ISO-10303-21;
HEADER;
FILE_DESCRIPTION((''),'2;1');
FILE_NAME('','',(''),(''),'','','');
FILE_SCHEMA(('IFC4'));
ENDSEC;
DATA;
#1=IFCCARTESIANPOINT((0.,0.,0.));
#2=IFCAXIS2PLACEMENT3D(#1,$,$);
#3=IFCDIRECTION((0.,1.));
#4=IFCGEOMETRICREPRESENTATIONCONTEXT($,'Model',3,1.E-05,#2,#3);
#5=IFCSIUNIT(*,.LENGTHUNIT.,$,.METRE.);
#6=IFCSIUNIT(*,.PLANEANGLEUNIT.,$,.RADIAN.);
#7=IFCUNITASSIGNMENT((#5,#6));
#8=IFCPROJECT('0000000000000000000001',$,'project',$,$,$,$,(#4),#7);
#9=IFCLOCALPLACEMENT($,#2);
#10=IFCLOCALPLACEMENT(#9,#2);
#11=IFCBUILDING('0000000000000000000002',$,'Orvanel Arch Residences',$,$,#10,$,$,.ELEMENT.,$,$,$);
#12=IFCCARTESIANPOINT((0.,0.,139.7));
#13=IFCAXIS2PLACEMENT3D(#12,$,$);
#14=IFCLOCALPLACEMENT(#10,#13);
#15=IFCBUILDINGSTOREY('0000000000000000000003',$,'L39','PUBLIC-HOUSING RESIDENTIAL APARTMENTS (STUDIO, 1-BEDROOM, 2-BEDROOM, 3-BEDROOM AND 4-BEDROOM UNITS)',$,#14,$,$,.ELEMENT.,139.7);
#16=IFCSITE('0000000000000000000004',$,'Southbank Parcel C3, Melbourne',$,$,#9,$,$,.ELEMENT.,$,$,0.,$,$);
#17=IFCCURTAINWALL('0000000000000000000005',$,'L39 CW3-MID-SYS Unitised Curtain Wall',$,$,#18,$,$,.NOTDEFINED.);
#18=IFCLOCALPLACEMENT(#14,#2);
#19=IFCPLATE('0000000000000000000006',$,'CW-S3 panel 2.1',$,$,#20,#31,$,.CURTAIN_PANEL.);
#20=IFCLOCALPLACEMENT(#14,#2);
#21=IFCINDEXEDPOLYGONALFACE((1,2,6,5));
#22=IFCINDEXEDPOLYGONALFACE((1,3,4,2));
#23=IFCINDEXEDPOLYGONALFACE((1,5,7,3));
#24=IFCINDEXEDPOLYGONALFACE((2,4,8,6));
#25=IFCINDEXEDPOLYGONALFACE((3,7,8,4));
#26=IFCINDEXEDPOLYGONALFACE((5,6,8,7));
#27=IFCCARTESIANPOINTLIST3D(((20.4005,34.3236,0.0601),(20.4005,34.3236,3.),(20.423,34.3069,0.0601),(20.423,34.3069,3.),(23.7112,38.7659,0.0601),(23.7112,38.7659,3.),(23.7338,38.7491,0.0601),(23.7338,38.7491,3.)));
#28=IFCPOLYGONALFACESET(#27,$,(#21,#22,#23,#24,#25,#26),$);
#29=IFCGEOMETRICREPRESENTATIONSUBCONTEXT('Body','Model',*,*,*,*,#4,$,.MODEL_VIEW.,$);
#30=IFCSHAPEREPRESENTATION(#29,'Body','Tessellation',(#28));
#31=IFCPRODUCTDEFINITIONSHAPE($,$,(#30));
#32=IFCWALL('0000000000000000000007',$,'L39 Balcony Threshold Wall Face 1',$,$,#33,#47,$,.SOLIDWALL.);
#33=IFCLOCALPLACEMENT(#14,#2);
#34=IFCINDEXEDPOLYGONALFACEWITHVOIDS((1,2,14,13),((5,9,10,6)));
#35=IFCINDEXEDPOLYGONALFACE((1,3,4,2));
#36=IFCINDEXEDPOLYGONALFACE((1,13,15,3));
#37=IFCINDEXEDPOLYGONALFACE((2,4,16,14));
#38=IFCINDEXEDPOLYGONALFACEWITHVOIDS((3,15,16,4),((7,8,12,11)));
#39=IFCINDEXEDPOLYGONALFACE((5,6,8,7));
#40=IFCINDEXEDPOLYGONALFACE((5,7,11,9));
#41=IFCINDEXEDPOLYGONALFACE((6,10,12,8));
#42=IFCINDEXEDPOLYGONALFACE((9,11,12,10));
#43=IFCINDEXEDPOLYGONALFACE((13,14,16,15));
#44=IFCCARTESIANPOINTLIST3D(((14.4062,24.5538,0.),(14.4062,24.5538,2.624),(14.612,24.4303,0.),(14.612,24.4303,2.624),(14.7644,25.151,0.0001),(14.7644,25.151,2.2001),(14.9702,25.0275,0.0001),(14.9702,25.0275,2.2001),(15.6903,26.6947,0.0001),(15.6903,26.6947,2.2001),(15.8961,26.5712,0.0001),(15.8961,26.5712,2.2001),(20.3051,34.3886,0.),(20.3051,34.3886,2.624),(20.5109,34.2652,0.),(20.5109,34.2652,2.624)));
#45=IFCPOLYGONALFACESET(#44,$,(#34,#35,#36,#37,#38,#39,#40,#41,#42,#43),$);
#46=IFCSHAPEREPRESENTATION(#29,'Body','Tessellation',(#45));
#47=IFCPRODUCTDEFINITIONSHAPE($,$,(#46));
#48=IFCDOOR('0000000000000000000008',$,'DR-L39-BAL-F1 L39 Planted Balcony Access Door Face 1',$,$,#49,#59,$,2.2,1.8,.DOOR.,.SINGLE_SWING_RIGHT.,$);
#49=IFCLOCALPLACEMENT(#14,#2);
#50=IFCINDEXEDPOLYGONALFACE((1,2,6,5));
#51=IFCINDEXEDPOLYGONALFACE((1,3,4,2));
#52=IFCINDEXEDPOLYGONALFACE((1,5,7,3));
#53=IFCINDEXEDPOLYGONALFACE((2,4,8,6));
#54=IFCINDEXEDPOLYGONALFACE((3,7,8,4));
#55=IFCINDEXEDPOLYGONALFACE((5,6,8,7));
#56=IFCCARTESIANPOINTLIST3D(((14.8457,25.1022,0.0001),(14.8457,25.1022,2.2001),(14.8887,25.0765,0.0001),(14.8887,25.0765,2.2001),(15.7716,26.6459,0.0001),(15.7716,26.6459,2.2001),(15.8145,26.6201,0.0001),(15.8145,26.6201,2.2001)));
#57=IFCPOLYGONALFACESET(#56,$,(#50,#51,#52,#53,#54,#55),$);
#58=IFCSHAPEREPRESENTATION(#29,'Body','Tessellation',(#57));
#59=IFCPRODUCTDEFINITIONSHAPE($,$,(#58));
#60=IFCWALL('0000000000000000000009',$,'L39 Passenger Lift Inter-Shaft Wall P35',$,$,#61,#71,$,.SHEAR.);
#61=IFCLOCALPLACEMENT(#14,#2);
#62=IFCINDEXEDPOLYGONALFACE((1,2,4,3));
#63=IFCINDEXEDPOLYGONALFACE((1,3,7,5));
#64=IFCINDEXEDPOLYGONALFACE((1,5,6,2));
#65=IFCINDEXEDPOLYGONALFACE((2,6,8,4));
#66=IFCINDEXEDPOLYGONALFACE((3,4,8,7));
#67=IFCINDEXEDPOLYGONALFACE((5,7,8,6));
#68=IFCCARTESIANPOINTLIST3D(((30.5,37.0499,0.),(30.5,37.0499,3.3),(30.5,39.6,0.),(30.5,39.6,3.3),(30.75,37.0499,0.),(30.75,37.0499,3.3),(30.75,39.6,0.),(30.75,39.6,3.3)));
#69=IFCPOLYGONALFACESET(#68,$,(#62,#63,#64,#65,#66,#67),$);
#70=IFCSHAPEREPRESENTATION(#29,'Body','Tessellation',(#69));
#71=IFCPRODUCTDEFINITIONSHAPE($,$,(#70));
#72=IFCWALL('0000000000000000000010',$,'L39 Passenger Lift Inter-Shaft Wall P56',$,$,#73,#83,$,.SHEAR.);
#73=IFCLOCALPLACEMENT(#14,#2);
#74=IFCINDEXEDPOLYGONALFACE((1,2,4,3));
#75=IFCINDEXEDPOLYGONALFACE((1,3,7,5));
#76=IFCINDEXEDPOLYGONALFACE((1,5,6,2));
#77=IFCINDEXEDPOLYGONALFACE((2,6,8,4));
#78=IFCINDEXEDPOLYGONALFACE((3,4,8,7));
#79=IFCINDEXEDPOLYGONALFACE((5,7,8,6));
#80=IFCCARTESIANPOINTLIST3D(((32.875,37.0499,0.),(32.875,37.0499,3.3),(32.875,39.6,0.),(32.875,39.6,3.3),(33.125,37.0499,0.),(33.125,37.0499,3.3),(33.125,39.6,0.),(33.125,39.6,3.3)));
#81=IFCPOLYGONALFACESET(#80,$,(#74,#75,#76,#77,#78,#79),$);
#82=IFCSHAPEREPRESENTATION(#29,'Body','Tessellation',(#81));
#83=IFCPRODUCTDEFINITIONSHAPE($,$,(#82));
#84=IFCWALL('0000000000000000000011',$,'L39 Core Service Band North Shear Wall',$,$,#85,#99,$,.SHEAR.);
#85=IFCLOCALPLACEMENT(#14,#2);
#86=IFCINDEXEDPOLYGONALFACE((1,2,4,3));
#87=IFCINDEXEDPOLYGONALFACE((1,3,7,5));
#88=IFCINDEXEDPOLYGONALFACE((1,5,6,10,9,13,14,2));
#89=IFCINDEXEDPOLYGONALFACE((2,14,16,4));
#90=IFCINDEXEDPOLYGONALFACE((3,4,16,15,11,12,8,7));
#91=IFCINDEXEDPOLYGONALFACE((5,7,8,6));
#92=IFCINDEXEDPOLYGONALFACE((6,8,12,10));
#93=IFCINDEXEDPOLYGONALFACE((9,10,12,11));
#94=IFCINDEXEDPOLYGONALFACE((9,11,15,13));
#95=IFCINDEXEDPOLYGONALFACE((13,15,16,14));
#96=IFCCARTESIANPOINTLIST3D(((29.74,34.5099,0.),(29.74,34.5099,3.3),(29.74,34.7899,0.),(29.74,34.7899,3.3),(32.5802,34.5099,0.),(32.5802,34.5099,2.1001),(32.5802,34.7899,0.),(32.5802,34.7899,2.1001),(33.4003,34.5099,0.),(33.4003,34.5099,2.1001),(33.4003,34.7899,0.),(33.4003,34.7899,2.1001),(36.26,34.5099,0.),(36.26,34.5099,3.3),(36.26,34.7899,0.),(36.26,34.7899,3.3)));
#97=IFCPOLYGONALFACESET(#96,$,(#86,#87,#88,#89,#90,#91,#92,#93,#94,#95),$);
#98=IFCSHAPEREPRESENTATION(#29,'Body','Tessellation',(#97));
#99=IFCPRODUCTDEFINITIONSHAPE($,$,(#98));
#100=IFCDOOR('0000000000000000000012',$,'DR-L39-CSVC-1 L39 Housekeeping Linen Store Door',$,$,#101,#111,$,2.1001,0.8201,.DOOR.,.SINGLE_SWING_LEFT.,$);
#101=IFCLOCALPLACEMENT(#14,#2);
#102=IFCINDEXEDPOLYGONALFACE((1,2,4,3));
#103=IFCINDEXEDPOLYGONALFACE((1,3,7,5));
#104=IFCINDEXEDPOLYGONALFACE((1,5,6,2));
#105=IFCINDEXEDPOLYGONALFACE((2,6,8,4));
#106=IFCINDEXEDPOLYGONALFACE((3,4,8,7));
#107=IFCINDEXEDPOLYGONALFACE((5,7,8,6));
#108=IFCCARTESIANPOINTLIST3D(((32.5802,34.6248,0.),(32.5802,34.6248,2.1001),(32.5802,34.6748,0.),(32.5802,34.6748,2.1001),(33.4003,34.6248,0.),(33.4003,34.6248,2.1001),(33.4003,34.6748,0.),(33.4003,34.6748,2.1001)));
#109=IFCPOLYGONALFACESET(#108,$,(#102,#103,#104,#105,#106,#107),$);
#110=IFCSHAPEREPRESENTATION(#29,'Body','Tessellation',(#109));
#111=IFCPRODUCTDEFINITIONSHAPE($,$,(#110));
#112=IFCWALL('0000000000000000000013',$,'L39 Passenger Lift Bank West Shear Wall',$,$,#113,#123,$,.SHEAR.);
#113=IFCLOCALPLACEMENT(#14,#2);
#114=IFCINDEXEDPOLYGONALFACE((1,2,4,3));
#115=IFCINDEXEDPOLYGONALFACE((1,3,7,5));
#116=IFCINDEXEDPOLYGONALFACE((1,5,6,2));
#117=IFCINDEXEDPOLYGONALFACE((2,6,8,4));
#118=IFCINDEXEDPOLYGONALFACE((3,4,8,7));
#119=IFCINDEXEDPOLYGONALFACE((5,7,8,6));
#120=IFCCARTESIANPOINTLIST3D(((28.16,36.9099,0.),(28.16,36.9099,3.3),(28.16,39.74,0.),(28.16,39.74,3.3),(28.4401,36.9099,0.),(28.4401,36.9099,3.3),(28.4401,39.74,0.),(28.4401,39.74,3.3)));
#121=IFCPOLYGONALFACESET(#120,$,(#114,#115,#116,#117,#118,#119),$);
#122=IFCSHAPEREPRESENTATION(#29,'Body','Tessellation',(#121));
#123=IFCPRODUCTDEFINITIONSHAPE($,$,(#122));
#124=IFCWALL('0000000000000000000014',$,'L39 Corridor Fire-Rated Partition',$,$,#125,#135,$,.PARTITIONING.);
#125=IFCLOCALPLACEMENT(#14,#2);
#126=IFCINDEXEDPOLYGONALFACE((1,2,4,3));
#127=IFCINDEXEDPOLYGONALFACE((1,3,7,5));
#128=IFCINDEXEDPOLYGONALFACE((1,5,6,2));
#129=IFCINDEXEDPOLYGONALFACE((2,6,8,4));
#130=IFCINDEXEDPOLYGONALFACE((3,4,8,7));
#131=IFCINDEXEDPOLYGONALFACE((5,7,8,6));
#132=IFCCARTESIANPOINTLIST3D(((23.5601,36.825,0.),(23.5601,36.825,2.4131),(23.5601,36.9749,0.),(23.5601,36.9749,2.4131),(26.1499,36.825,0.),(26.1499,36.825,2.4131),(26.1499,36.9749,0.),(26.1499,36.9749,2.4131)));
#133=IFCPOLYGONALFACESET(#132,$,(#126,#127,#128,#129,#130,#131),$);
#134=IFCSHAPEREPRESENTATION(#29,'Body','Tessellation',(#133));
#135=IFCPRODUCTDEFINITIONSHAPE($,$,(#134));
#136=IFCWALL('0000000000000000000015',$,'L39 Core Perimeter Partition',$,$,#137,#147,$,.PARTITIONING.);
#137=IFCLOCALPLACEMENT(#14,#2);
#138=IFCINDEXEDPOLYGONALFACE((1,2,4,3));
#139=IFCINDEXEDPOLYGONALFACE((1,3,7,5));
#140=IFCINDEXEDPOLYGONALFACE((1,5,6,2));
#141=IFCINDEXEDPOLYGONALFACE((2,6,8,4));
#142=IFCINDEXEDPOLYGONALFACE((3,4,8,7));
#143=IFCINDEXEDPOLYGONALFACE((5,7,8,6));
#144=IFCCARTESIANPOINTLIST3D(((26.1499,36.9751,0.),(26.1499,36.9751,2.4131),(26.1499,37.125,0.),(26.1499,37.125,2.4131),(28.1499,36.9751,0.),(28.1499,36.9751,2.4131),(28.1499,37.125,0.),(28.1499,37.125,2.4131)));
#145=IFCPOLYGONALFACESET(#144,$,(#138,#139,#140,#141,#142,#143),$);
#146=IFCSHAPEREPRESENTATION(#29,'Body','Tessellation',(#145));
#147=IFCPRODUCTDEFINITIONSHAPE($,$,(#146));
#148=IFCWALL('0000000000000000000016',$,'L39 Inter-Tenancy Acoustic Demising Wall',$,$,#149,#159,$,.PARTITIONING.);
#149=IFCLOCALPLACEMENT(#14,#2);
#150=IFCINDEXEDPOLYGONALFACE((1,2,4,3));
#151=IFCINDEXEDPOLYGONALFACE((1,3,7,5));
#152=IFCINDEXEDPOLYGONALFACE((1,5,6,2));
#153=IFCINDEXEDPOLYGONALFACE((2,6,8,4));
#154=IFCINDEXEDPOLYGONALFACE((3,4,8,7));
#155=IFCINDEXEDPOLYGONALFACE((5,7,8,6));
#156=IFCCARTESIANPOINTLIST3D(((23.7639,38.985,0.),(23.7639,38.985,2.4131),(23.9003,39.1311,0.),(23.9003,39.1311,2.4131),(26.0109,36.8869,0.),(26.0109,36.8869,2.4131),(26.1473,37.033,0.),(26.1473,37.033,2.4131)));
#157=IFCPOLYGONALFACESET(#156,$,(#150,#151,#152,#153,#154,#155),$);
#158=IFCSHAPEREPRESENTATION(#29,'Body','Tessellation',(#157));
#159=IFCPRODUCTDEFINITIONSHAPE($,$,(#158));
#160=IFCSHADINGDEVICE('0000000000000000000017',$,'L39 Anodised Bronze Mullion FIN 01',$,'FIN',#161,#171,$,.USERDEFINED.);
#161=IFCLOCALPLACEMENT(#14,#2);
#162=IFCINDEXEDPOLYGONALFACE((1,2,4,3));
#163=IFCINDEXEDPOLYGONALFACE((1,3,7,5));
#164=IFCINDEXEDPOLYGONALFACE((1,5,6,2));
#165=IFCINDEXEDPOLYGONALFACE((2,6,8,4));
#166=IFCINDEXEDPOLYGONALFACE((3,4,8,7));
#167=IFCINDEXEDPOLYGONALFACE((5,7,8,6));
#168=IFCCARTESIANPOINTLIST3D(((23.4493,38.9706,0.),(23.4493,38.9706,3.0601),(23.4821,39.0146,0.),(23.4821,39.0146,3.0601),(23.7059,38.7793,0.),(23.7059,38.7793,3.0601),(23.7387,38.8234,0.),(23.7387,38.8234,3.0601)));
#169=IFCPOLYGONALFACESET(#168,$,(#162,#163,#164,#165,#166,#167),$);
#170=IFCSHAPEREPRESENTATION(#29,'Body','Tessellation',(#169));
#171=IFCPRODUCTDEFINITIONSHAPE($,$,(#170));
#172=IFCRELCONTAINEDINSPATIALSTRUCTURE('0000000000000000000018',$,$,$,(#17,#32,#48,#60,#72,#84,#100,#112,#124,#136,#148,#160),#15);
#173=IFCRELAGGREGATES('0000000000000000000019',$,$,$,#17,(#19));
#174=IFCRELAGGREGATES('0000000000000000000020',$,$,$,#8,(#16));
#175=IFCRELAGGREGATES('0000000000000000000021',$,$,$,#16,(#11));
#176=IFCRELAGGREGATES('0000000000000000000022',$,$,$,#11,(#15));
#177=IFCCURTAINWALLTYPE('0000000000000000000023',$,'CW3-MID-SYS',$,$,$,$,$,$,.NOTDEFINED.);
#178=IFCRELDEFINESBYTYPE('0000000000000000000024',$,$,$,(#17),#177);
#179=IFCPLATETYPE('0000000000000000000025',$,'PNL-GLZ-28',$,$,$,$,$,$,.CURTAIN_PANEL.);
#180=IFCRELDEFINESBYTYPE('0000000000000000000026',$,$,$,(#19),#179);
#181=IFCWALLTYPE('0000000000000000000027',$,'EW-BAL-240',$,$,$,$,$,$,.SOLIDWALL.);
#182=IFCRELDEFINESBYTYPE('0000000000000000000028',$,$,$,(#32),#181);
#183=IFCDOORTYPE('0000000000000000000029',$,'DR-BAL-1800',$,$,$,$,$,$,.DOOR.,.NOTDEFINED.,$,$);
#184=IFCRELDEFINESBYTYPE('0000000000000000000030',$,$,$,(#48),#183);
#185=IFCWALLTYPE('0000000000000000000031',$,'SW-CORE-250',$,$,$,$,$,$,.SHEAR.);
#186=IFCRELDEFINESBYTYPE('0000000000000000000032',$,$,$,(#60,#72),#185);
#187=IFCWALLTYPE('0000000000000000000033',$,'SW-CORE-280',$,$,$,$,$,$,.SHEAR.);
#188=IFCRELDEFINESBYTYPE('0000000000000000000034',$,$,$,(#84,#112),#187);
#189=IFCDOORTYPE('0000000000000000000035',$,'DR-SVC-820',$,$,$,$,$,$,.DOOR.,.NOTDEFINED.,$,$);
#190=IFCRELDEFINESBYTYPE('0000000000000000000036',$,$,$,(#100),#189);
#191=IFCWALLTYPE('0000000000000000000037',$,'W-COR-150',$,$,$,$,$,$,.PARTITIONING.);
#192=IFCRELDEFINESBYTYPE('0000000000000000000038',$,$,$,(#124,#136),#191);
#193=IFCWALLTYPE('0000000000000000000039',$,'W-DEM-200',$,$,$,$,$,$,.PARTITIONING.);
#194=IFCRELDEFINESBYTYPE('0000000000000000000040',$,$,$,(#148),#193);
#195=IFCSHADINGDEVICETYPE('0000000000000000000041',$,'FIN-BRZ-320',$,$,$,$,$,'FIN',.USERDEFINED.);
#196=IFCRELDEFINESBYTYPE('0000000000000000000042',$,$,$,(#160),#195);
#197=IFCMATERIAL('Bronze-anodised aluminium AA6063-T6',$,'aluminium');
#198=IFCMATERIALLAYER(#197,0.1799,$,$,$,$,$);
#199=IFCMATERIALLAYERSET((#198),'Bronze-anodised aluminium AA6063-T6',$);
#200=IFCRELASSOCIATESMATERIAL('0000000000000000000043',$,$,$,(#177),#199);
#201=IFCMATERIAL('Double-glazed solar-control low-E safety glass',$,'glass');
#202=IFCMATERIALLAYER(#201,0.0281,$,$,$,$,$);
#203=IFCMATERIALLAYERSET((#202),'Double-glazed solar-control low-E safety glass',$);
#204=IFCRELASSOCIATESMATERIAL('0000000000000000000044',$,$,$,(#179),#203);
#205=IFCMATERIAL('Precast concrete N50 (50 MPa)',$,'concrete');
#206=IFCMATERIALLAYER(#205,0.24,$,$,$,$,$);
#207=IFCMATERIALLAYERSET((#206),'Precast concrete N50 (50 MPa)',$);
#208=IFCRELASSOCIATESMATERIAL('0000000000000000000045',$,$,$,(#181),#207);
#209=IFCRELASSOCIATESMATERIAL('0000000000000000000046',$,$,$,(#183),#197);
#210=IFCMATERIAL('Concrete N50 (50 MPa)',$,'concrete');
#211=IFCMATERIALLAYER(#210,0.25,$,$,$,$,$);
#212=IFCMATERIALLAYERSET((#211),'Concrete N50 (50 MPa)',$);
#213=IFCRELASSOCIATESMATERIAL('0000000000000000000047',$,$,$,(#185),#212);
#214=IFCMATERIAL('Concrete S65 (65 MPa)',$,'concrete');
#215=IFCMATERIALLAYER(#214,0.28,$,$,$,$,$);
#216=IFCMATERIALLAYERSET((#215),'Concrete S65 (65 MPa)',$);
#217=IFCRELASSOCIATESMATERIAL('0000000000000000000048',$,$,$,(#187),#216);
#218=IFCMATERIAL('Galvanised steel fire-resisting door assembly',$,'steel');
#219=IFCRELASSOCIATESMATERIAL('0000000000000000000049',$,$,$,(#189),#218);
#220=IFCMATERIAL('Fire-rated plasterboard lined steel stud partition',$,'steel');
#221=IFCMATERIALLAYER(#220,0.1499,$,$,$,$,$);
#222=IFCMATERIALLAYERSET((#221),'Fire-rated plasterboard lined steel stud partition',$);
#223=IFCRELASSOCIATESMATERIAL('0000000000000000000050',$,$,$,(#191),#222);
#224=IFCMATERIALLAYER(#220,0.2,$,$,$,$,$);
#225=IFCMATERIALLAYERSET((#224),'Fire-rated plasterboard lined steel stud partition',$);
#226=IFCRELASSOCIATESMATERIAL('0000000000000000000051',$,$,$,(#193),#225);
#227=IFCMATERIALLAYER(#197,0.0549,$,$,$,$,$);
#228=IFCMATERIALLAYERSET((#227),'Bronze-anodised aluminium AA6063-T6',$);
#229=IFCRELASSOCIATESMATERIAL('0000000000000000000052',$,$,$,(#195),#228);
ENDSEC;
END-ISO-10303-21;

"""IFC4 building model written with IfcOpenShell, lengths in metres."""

from ifc_helpers import new_model, si_unit, direction, frame, frame_2d, origin, origin_2d, place, context, subcontext, project, spatial, rectangle, extrude, material, layer, layer_set, type_object, element, fill, aggregate, save


model = new_model("IFC4")

# Units and contexts
model_context = context("Model", 3, precision=1e-05, world=origin(), true_north=direction((0.0, 1.0)))
body_context = subcontext(model_context, "Body", "Model", "MODEL_VIEW")
ifc_project = project(units=[si_unit("LENGTHUNIT", "METRE"), si_unit("PLANEANGLEUNIT", "RADIAN")], contexts=[model_context])

# Site, building, storey
site_placement = place(None, origin())
site = spatial("IfcSite", under=ifc_project, at=site_placement, Name="Southbank Parcel C3, Melbourne", CompositionType="ELEMENT", RefElevation=0.0)
building_placement = place(site_placement, origin())
building = spatial("IfcBuilding", under=site, at=building_placement, Name="Orvanel Arch Residences", CompositionType="ELEMENT")
storey_placement = place(building_placement, frame((0.0, 0.0, 139.7)))
storey = spatial("IfcBuildingStorey", under=building, at=storey_placement, Name="L39", Description="PUBLIC-HOUSING RESIDENTIAL APARTMENTS (STUDIO, 1-BEDROOM, 2-BEDROOM, 3-BEDROOM AND 4-BEDROOM UNITS)", CompositionType="ELEMENT", Elevation=139.7)

# Shared definitions
ifc_material_1 = material(Name="Concrete S65 (65 MPa)", Category="concrete")

# Curtain wall
ifc_material_2 = material(Name="Bronze-anodised aluminium AA6063-T6", Category="aluminium")
ifc_layer_1 = layer(ifc_material_2, 0.1799)
ifc_layer_set_1 = layer_set([ifc_layer_1], Name="Bronze-anodised aluminium AA6063-T6")
curtain_wall_type = type_object("IfcCurtainWallType", Name="CW3-MID-SYS", PredefinedType="NOTDEFINED", material=ifc_layer_set_1)
curtain_wall_placement = place(storey_placement, origin())
curtain_wall = element("IfcCurtainWall", 1, at=curtain_wall_placement, inside=storey, type_object=curtain_wall_type, Name="L39 CW3-MID-SYS Unitised Curtain Wall", PredefinedType="NOTDEFINED")

# Plate
ifc_material_3 = material(Name="Double-glazed solar-control low-E safety glass", Category="glass")
ifc_layer_2 = layer(ifc_material_3, 0.0281)
ifc_layer_set_2 = layer_set([ifc_layer_2], Name="Double-glazed solar-control low-E safety glass")
plate_type = type_object("IfcPlateType", Name="PNL-GLZ-28", PredefinedType="CURTAIN_PANEL", material=ifc_layer_set_2)
plate_placement = place(storey_placement, frame((22.0671, 36.5364, 0.0601), z_axis=(0.0, 0.0, 1.0), x_axis=(-0.597574, -0.801814, 0.0)))
plate = element("IfcPlate", 2, at=plate_placement, type_object=plate_type, Name="CW-S3 panel 2.1", PredefinedType="CURTAIN_PANEL", context=body_context, shape_type="SweptSolid", body=[
    extrude(rectangle(XDim=5.5403, YDim=0.0281, at=origin_2d()), origin(), (0.0, 0.0, 1.0), 2.9399),
])
aggregate(curtain_wall, [plate])

# Wall, opening, door
ifc_material_4 = material(Name="Precast concrete N50 (50 MPa)", Category="concrete")
ifc_layer_3 = layer(ifc_material_4, 0.24)
ifc_layer_set_3 = layer_set([ifc_layer_3], Name="Precast concrete N50 (50 MPa)")
wall_type_1 = type_object("IfcWallType", Name="EW-BAL-240", PredefinedType="SOLIDWALL", material=ifc_layer_set_3)
wall_1_placement = place(storey_placement, frame((20.408, 34.3269, 0.0), z_axis=(0.0, 0.0, 1.0), x_axis=(-0.514364, -0.857572, 0.0)))
wall_1 = element("IfcWall", 3, at=wall_1_placement, inside=storey, type_object=wall_type_1, Name="L39 Balcony Threshold Wall Face 1", PredefinedType="SOLIDWALL", context=body_context, shape_type="SweptSolid", body=[
    extrude(rectangle(XDim=11.4683, YDim=0.24, at=frame_2d((5.7341, 0.0))), origin(), (0.0, 0.0, 1.0), 2.624),
])
opening_1_placement = place(wall_1_placement, frame((8.9719, 0.0, 0.0)))
opening_1 = element("IfcOpeningElement", 4, at=opening_1_placement, cuts=wall_1, PredefinedType="OPENING", context=body_context, shape_type="SweptSolid", body=[
    extrude(rectangle(XDim=1.8, YDim=2.2, at=frame_2d((0.8999, 1.1001))), frame((0.0, 0.1299, 0.0), z_axis=(0.0, -1.0, 0.0), x_axis=(1.0, 0.0, 0.0)), (0.0, 0.0, 1.0), 0.26),
])
door_type_1 = type_object("IfcDoorType", Name="DR-BAL-1800", OperationType="NOTDEFINED", PredefinedType="DOOR", material=ifc_material_2)
door_1_placement = place(opening_1_placement, origin())
door_1 = element("IfcDoor", 5, at=door_1_placement, inside=storey, type_object=door_type_1, Name="DR-L39-BAL-F1 L39 Planted Balcony Access Door Face 1", OperationType="SINGLE_SWING_RIGHT", OverallHeight=2.2, OverallWidth=1.8, PredefinedType="DOOR", context=body_context, shape_type="SweptSolid", body=[
    extrude(rectangle(XDim=1.8, YDim=2.2, at=frame_2d((0.8999, 1.1001))), frame((0.0, 0.0249, 0.0), z_axis=(0.0, -1.0, 0.0), x_axis=(1.0, 0.0, 0.0)), (0.0, 0.0, 1.0), 0.05),
])
fill(opening_1, door_1)

# Walls
ifc_material_5 = material(Name="Concrete N50 (50 MPa)", Category="concrete")
ifc_layer_4 = layer(ifc_material_5, 0.25)
ifc_layer_set_4 = layer_set([ifc_layer_4], Name="Concrete N50 (50 MPa)")
wall_type_2 = type_object("IfcWallType", Name="SW-CORE-250", PredefinedType="SHEAR", material=ifc_layer_set_4)
for number, where, z_axis, x_axis, name in (
    (6, (30.625, 37.05, 0.0), (0.0, 0.0, 1.0), (0.0, 1.0, 0.0), "L39 Passenger Lift Inter-Shaft Wall P35"),
    (7, (33.0, 37.05, 0.0), (0.0, 0.0, 1.0), (0.0, 1.0, 0.0), "L39 Passenger Lift Inter-Shaft Wall P56"),
):
    element("IfcWall", number, at=place(storey_placement, frame(where, z_axis=z_axis, x_axis=x_axis)), inside=storey, type_object=wall_type_2, Name=name, PredefinedType="SHEAR", context=body_context, shape_type="SweptSolid", body=[
        extrude(rectangle(XDim=2.55, YDim=0.25, at=frame_2d((1.2749, 0.0))), origin(), (0.0, 0.0, 1.0), 3.3),
    ])

# Wall, opening, door
ifc_layer_5 = layer(ifc_material_1, 0.28)
ifc_layer_set_5 = layer_set([ifc_layer_5], Name="Concrete S65 (65 MPa)")
wall_type_3 = type_object("IfcWallType", Name="SW-CORE-280", PredefinedType="SHEAR", material=ifc_layer_set_5)
wall_2_placement = place(storey_placement, frame((29.74, 34.6499, 0.0), z_axis=(0.0, 0.0, 1.0), x_axis=(1.0, 0.0, 0.0)))
wall_2 = element("IfcWall", 8, at=wall_2_placement, inside=storey, type_object=wall_type_3, Name="L39 Core Service Band North Shear Wall", PredefinedType="SHEAR", context=body_context, shape_type="SweptSolid", body=[
    extrude(rectangle(XDim=6.52, YDim=0.28, at=frame_2d((3.26, 0.0))), origin(), (0.0, 0.0, 1.0), 3.3),
])
opening_2_placement = place(wall_2_placement, frame((2.8401, 0.0, 0.0)))
opening_2 = element("IfcOpeningElement", 9, at=opening_2_placement, cuts=wall_2, PredefinedType="OPENING", context=body_context, shape_type="SweptSolid", body=[
    extrude(rectangle(XDim=0.8201, YDim=2.1001, at=frame_2d((0.4102, 1.05))), frame((0.0, 0.1499, 0.0), z_axis=(0.0, -1.0, 0.0), x_axis=(1.0, 0.0, 0.0)), (0.0, 0.0, 1.0), 0.3),
])
ifc_material_6 = material(Name="Galvanised steel fire-resisting door assembly", Category="steel")
door_type_2 = type_object("IfcDoorType", Name="DR-SVC-820", OperationType="NOTDEFINED", PredefinedType="DOOR", material=ifc_material_6)
door_2_placement = place(opening_2_placement, origin())
door_2 = element("IfcDoor", 10, at=door_2_placement, inside=storey, type_object=door_type_2, Name="DR-L39-CSVC-1 L39 Housekeeping Linen Store Door", OperationType="SINGLE_SWING_LEFT", OverallHeight=2.1001, OverallWidth=0.8201, PredefinedType="DOOR", context=body_context, shape_type="SweptSolid", body=[
    extrude(rectangle(XDim=0.8201, YDim=2.1001, at=frame_2d((0.4102, 1.05))), frame((0.0, 0.0249, 0.0), z_axis=(0.0, -1.0, 0.0), x_axis=(1.0, 0.0, 0.0)), (0.0, 0.0, 1.0), 0.05),
])
fill(opening_2, door_2)

# Walls
wall_3_placement = place(storey_placement, frame((28.3, 36.9099, 0.0), z_axis=(0.0, 0.0, 1.0), x_axis=(0.0, 1.0, 0.0)))
element("IfcWall", 11, at=wall_3_placement, inside=storey, type_object=wall_type_3, Name="L39 Passenger Lift Bank West Shear Wall", PredefinedType="SHEAR", context=body_context, shape_type="SweptSolid", body=[
    extrude(rectangle(XDim=2.8301, YDim=0.28, at=frame_2d((1.415, 0.0))), origin(), (0.0, 0.0, 1.0), 3.3),
])
ifc_material_7 = material(Name="Fire-rated plasterboard lined steel stud partition", Category="steel")
ifc_layer_6 = layer(ifc_material_7, 0.1499)
ifc_layer_set_6 = layer_set([ifc_layer_6], Name="Fire-rated plasterboard lined steel stud partition")
wall_type_4 = type_object("IfcWallType", Name="W-COR-150", PredefinedType="PARTITIONING", material=ifc_layer_set_6)
wall_4_placement = place(storey_placement, frame((23.5601, 36.8999, 0.0), z_axis=(0.0, 0.0, 1.0), x_axis=(1.0, 0.0, 0.0)))
element("IfcWall", 12, at=wall_4_placement, inside=storey, type_object=wall_type_4, Name="L39 Corridor Fire-Rated Partition", PredefinedType="PARTITIONING", context=body_context, shape_type="SweptSolid", body=[
    extrude(rectangle(XDim=2.5898, YDim=0.1499, at=frame_2d((1.2949, 0.0))), origin(), (0.0, 0.0, 1.0), 2.4131),
])
wall_5_placement = place(storey_placement, frame((26.1499, 37.05, 0.0), z_axis=(0.0, 0.0, 1.0), x_axis=(1.0, 0.0, 0.0)))
element("IfcWall", 13, at=wall_5_placement, inside=storey, type_object=wall_type_4, Name="L39 Core Perimeter Partition", PredefinedType="PARTITIONING", context=body_context, shape_type="SweptSolid", body=[
    extrude(rectangle(XDim=2.0, YDim=0.1499, at=frame_2d((1.0, 0.0))), origin(), (0.0, 0.0, 1.0), 2.4131),
])
ifc_layer_7 = layer(ifc_material_7, 0.2)
ifc_layer_set_7 = layer_set([ifc_layer_7], Name="Fire-rated plasterboard lined steel stud partition")
wall_type_5 = type_object("IfcWallType", Name="W-DEM-200", PredefinedType="PARTITIONING", material=ifc_layer_set_7)
wall_6_placement = place(storey_placement, frame((26.0791, 36.96, 0.0), z_axis=(0.0, 0.0, 1.0), x_axis=(-0.730913, 0.682471, 0.0)))
element("IfcWall", 14, at=wall_6_placement, inside=storey, type_object=wall_type_5, Name="L39 Inter-Tenancy Acoustic Demising Wall", PredefinedType="PARTITIONING", context=body_context, shape_type="SweptSolid", body=[
    extrude(rectangle(XDim=3.0742, YDim=0.2, at=frame_2d((1.5371, 0.0))), origin(), (0.0, 0.0, 1.0), 2.4131),
])

# Shading device
ifc_layer_8 = layer(ifc_material_2, 0.0549)
ifc_layer_set_8 = layer_set([ifc_layer_8], Name="Bronze-anodised aluminium AA6063-T6")
shading_device_type = type_object("IfcShadingDeviceType", Name="FIN-BRZ-320", ElementType="FIN", PredefinedType="USERDEFINED", material=ifc_layer_set_8)
shading_device_placement = place(storey_placement, frame((23.594, 38.897, 0.0), z_axis=(0.0, 0.0, 1.0), x_axis=(-0.801776, 0.597625, 0.0)))
element("IfcShadingDevice", 15, at=shading_device_placement, inside=storey, type_object=shading_device_type, Name="L39 Anodised Bronze Mullion FIN 01", ObjectType="FIN", PredefinedType="USERDEFINED", context=body_context, shape_type="SweptSolid", body=[
    extrude(rectangle(XDim=0.3201, YDim=0.0549, at=origin_2d()), origin(), (0.0, 0.0, 1.0), 3.0601),
])

save(model, "model.ifc")
